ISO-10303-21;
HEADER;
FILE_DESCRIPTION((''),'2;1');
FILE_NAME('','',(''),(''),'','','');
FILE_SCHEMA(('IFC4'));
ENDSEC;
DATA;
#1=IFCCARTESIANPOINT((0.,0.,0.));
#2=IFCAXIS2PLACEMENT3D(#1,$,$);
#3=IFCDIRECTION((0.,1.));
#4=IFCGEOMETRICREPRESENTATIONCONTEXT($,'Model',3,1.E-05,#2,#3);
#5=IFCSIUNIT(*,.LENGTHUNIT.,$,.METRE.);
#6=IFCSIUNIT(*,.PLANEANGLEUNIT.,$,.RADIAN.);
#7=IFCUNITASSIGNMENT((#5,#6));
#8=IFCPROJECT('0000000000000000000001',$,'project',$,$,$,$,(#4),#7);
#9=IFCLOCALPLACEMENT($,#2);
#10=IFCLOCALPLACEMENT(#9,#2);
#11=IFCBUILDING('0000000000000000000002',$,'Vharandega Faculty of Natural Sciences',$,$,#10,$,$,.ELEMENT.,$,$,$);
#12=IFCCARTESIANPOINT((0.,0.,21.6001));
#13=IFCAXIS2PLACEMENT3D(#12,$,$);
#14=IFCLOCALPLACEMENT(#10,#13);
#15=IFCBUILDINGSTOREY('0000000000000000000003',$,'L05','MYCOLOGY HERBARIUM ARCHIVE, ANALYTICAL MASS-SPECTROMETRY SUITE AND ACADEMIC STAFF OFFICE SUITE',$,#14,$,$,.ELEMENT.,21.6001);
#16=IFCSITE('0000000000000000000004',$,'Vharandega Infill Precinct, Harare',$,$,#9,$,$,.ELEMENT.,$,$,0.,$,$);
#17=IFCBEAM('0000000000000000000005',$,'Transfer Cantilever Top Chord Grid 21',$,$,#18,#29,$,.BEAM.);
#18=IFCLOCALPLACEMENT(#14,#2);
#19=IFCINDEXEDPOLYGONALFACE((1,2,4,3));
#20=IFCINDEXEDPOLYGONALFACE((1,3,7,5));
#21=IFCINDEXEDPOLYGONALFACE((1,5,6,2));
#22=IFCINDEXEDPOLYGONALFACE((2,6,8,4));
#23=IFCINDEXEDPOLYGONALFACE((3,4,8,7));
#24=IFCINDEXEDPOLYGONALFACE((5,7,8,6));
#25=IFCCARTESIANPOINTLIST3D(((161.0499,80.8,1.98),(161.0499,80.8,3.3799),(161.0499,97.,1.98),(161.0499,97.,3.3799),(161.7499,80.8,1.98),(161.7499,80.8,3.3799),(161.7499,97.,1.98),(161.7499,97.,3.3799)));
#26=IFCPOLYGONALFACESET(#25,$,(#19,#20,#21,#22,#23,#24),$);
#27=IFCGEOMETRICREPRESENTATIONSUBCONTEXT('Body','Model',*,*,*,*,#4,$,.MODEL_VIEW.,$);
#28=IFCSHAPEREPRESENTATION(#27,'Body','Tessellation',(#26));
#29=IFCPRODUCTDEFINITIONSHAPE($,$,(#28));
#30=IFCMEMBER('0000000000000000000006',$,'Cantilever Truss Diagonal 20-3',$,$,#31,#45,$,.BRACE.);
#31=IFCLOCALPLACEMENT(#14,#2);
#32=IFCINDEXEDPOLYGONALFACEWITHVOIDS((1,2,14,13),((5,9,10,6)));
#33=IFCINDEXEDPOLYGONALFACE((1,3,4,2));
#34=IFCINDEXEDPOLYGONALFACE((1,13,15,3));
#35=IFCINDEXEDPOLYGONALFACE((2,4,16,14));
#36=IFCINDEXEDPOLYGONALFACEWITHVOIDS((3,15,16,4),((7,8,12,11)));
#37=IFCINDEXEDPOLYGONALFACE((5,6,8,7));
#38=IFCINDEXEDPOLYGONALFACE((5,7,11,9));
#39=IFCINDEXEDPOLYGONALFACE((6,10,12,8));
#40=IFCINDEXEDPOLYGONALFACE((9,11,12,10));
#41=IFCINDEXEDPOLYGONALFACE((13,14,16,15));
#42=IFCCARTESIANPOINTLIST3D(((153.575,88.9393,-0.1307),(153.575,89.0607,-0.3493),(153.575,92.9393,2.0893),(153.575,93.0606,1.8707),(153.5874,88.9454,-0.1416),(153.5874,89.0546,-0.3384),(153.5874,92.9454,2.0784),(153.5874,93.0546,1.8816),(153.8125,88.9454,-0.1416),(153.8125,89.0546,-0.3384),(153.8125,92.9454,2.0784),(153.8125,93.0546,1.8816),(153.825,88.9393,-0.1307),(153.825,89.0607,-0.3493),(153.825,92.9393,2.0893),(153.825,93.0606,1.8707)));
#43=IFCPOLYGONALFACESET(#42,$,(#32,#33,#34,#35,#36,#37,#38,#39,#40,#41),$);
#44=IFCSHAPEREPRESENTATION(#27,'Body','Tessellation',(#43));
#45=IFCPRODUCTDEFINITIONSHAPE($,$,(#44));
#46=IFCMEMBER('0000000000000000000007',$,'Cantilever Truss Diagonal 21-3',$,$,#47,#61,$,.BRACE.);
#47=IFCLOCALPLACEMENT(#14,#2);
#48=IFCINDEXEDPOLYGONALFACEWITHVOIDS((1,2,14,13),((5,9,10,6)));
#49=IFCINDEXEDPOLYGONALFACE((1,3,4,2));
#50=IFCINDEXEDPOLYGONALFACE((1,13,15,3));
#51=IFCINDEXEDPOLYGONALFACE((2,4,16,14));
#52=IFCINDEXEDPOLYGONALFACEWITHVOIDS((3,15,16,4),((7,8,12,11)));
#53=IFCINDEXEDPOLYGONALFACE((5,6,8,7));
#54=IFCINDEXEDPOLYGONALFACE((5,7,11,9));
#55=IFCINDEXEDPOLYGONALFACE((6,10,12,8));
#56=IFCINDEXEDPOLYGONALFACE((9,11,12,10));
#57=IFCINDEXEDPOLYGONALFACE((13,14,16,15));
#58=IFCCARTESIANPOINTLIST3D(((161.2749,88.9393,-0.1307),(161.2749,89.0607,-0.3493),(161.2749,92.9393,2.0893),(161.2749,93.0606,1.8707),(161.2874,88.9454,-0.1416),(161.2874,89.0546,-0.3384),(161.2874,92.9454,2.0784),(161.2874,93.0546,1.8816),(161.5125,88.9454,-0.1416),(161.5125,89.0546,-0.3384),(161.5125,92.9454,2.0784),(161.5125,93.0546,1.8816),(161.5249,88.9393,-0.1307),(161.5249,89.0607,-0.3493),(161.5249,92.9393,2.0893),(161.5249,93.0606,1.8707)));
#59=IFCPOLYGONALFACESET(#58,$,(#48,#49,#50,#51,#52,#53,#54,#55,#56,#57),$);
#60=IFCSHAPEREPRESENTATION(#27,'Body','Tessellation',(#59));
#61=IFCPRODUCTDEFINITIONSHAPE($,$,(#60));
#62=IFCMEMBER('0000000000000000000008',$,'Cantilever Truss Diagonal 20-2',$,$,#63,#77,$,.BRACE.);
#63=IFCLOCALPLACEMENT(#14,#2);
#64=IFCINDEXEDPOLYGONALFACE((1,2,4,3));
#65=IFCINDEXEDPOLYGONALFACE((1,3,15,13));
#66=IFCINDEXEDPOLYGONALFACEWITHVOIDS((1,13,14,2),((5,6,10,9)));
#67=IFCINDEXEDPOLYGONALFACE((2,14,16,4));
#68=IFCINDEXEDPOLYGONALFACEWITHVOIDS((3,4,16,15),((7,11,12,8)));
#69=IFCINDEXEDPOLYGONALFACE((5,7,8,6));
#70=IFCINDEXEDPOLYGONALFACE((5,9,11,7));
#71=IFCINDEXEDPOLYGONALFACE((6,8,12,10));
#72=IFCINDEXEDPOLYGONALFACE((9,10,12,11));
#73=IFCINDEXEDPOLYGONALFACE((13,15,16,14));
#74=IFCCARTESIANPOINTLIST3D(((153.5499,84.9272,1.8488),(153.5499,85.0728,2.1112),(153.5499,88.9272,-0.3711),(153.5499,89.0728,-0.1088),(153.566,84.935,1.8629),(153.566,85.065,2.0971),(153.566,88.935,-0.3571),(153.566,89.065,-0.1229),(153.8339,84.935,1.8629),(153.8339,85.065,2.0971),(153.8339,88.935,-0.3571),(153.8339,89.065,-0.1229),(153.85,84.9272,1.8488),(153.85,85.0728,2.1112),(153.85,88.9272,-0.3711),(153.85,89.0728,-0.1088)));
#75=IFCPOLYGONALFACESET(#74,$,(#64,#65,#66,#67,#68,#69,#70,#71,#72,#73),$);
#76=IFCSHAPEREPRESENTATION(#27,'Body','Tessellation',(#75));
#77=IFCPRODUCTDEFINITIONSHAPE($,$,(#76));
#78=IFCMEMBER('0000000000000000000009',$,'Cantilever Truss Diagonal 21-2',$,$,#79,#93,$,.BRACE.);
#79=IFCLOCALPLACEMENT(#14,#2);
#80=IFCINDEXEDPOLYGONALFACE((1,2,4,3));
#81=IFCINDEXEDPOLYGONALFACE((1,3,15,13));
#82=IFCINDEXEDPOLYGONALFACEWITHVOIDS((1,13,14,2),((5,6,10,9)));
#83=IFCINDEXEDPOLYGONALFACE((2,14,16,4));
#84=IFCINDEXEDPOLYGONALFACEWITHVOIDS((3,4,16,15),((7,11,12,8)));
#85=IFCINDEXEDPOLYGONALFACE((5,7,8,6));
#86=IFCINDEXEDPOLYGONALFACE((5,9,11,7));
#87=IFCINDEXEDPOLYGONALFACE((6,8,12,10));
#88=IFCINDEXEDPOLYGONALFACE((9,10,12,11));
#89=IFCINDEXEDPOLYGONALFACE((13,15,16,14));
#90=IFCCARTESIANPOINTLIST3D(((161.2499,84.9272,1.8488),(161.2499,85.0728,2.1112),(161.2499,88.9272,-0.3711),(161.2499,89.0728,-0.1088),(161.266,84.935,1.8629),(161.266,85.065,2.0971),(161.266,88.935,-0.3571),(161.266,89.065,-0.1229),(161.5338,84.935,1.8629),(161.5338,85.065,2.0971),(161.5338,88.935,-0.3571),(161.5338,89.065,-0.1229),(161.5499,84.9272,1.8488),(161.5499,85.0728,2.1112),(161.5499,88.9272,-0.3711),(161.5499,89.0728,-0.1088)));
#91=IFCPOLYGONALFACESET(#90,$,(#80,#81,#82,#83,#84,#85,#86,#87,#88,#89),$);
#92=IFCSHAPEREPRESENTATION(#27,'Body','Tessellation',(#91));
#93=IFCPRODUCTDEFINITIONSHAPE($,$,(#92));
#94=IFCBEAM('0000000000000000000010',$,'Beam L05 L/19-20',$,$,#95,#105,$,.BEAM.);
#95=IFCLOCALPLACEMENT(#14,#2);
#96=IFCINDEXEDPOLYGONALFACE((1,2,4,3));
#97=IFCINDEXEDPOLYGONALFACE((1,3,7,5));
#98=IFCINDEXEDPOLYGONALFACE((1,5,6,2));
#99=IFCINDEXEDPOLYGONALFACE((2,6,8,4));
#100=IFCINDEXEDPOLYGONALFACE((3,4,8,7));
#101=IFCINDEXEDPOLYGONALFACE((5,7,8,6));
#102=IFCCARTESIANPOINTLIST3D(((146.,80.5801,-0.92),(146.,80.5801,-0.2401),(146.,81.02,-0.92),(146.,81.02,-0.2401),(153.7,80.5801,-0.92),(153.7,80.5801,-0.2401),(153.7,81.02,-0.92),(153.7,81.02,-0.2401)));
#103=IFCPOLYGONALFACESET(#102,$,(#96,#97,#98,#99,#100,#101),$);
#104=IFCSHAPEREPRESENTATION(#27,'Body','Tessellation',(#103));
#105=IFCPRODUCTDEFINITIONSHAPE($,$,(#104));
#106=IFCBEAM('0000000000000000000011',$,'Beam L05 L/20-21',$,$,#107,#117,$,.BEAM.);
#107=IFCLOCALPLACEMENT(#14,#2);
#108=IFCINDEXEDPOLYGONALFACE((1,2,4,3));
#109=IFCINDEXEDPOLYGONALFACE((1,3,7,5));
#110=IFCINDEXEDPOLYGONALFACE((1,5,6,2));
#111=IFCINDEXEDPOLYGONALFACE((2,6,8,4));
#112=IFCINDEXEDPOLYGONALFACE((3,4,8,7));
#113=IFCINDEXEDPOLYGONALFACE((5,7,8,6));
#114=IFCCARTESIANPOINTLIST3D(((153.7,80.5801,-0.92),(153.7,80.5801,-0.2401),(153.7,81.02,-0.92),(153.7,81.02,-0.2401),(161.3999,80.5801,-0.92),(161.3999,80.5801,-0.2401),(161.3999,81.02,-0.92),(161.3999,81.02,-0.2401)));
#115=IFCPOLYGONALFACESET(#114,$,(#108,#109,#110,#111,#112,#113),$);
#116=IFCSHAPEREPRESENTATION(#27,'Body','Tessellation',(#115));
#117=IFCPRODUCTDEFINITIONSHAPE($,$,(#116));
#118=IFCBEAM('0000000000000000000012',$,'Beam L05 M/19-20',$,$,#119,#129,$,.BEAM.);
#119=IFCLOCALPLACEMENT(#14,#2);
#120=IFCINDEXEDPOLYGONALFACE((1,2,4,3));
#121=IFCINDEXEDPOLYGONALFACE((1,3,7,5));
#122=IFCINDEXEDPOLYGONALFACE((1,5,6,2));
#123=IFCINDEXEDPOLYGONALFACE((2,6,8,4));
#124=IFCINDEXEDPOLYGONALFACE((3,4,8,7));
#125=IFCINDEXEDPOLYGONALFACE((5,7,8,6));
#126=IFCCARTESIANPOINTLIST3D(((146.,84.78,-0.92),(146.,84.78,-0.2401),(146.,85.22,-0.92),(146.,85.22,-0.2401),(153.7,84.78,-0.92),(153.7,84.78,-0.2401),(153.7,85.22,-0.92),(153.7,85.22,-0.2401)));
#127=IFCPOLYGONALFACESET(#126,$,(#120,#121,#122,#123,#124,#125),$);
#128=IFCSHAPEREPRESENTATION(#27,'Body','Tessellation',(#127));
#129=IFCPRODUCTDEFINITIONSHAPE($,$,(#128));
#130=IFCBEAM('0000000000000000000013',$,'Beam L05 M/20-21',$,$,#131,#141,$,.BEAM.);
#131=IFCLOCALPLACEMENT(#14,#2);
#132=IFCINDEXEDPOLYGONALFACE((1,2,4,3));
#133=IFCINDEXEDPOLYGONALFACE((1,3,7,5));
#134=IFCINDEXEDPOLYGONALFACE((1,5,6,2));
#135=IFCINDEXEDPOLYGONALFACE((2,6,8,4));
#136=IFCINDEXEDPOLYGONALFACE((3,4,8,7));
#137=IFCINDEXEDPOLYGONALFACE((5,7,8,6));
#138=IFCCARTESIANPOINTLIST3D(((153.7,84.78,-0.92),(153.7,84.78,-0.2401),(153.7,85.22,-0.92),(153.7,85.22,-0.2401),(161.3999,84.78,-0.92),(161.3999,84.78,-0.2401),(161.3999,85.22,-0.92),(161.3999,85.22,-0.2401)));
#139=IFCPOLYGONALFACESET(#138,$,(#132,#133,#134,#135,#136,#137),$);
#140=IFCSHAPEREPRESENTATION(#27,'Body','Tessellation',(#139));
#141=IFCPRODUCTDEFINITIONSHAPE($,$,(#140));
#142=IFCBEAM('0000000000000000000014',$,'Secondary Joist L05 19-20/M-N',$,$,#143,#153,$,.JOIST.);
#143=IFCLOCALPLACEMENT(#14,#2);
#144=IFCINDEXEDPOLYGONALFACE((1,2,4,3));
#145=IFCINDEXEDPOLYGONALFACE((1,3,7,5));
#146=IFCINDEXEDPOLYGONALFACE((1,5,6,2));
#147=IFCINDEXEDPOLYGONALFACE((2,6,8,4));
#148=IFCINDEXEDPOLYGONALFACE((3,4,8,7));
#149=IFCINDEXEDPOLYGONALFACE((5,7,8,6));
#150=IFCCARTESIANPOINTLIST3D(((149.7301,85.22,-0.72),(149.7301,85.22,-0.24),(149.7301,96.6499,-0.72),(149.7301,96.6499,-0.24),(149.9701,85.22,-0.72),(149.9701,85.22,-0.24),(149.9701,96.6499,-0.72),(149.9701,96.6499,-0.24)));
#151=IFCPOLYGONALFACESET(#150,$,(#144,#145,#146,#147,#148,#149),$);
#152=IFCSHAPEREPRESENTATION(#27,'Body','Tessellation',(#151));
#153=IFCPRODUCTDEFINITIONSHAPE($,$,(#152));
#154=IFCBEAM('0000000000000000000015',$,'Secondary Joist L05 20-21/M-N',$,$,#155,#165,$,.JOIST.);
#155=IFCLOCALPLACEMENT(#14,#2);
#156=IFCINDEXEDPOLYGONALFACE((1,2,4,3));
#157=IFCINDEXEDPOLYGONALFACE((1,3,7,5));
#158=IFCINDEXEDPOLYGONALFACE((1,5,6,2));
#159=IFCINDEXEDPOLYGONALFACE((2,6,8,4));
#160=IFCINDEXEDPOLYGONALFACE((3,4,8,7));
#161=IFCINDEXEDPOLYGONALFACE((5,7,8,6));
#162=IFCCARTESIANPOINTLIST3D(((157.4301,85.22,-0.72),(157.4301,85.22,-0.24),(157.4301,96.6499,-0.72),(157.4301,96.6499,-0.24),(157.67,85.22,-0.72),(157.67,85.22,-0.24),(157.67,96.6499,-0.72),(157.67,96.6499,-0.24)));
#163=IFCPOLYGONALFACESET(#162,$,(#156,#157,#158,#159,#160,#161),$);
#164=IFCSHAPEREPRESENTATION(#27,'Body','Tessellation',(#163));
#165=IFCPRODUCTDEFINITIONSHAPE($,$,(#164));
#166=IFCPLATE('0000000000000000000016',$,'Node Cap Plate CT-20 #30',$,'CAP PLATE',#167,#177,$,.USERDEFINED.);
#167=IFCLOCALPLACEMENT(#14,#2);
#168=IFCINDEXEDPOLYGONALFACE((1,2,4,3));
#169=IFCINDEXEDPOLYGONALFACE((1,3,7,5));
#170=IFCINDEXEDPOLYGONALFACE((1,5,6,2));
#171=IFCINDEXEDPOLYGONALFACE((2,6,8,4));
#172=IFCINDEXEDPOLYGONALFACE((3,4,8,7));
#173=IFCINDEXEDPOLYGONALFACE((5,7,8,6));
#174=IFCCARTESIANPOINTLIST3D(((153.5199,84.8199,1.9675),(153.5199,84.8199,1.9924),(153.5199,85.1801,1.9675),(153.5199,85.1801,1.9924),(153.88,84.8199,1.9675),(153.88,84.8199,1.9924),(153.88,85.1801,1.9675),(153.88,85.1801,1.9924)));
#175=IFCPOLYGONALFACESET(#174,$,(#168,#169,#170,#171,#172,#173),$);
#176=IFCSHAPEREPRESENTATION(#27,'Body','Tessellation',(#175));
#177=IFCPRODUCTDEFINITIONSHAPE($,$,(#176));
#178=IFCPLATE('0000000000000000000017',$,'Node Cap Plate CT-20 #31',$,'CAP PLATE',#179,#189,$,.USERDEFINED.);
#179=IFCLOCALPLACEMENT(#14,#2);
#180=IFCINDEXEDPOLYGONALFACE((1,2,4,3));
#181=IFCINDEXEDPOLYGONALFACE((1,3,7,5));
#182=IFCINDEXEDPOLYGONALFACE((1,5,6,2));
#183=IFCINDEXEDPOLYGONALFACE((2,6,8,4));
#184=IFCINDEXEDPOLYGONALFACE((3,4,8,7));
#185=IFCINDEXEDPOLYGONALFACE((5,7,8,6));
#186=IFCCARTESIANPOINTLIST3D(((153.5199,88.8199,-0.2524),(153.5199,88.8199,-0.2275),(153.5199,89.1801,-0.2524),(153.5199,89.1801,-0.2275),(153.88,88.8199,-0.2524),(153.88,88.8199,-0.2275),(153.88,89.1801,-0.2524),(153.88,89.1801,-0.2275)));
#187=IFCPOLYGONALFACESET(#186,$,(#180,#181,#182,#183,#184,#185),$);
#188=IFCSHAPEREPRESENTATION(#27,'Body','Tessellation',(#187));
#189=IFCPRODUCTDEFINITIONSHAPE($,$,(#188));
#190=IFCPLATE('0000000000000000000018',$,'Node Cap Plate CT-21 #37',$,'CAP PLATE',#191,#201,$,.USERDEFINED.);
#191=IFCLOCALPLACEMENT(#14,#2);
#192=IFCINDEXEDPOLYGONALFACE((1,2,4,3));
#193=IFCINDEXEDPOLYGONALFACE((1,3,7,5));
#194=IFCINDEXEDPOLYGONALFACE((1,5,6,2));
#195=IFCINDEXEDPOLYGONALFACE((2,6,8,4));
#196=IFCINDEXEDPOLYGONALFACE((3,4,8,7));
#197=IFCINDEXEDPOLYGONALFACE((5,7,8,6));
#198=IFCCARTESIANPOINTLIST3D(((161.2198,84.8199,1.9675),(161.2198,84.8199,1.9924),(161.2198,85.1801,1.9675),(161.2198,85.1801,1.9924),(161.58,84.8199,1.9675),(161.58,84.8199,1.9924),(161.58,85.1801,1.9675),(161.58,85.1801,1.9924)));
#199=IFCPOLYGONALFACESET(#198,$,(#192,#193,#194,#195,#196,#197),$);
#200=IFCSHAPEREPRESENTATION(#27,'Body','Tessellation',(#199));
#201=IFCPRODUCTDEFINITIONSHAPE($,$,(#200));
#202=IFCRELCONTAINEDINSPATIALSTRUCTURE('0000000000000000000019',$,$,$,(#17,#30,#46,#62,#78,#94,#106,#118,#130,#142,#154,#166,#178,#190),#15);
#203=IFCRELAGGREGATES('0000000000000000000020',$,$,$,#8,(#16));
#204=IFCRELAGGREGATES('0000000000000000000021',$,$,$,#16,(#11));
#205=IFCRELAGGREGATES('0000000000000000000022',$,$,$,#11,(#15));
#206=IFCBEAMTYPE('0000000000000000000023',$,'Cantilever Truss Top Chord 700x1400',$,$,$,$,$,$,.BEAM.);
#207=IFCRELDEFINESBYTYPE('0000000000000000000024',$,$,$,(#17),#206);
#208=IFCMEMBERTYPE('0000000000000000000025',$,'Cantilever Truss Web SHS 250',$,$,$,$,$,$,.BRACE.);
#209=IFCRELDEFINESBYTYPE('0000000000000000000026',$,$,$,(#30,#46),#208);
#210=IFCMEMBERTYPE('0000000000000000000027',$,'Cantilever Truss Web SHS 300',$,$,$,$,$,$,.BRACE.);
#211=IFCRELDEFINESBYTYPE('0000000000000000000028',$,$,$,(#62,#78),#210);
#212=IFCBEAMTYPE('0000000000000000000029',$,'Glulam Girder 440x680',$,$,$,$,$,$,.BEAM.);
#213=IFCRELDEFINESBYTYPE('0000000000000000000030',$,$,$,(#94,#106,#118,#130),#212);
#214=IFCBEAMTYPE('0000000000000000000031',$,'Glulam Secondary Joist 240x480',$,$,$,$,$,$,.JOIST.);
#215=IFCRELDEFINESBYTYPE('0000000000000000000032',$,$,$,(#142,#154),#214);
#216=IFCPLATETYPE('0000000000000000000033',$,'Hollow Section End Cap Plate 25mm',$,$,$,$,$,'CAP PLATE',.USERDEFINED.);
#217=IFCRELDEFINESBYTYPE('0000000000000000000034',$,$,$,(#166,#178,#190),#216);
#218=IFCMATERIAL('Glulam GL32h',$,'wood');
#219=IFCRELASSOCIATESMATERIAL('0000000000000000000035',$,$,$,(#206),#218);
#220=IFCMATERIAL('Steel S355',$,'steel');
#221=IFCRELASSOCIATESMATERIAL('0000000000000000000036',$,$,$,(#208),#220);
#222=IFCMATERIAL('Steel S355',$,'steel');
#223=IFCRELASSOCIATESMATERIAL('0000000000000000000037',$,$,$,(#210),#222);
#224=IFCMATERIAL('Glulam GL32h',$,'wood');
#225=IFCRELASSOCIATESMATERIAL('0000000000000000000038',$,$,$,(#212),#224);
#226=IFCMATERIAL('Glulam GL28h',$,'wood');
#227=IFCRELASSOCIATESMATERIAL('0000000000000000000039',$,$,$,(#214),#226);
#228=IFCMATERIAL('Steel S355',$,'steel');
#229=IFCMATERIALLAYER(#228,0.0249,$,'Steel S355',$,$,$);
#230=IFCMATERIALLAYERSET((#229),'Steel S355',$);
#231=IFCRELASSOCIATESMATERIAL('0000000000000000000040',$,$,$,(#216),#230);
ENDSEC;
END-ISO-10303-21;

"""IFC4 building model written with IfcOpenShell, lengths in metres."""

from ifc_helpers import new_model, si_unit, direction, frame, origin, origin_2d, place, context, subcontext, project, spatial, rectangle, hollow_rectangle, extrude, material, layer, layer_set, material_profile, profile_set, type_object, element, save


model = new_model("IFC4")

# Units and contexts
model_context = context("Model", 3, precision=1e-05, world=origin(), true_north=direction((0.0, 1.0)))
body_context = subcontext(model_context, "Body", "Model", "MODEL_VIEW")
ifc_project = project(units=[si_unit("LENGTHUNIT", "METRE"), si_unit("PLANEANGLEUNIT", "RADIAN")], contexts=[model_context])

# Site, building, storey
site_placement = place(None, origin())
site = spatial("IfcSite", under=ifc_project, at=site_placement, Name="Vharandega Infill Precinct, Harare", CompositionType="ELEMENT", RefElevation=0.0)
building_placement = place(site_placement, origin())
building = spatial("IfcBuilding", under=site, at=building_placement, Name="Vharandega Faculty of Natural Sciences", CompositionType="ELEMENT")
storey_placement = place(building_placement, frame((0.0, 0.0, 21.6001)))
storey = spatial("IfcBuildingStorey", under=building, at=storey_placement, Name="L05", Description="MYCOLOGY HERBARIUM ARCHIVE, ANALYTICAL MASS-SPECTROMETRY SUITE AND ACADEMIC STAFF OFFICE SUITE", CompositionType="ELEMENT", Elevation=21.6001)

# Beam
ifc_material_1 = material(Name="Glulam GL32h", Category="wood")
ifc_material_profile_1 = material_profile(ifc_material_1, rectangle(XDim=0.7, YDim=1.3999, at=origin_2d()), Name="GL32h 700x1400")
ifc_profile_set_1 = profile_set([ifc_material_profile_1], Name="Glulam GL32h")
beam_type_1 = type_object("IfcBeamType", Name="Cantilever Truss Top Chord 700x1400", PredefinedType="BEAM", material=ifc_profile_set_1)
for number, where, z_axis, x_axis, name in (
    (1, (161.3999, 80.8, 2.6799), (0.0, 1.0, 0.0), (-1.0, 0.0, 0.0), "Transfer Cantilever Top Chord Grid 21"),
):
    element("IfcBeam", number, at=place(storey_placement, frame(where, z_axis=z_axis, x_axis=x_axis)), inside=storey, type_object=beam_type_1, Name=name, PredefinedType="BEAM", context=body_context, shape_type="SweptSolid", body=[
        extrude(rectangle(XDim=0.7, YDim=1.3999, at=origin_2d()), origin(), (0.0, 0.0, 1.0), 16.2),
    ])

# Members
ifc_material_2 = material(Name="Steel S355", Category="steel")
ifc_material_profile_2 = material_profile(ifc_material_2, hollow_rectangle(XDim=0.25, YDim=0.25, WallThickness=0.0125, at=origin_2d()), Name="SHS 250x250x12.5")
ifc_profile_set_2 = profile_set([ifc_material_profile_2], Name="Steel S355")
member_type_1 = type_object("IfcMemberType", Name="Cantilever Truss Web SHS 250", PredefinedType="BRACE", material=ifc_profile_set_2)
for number, where, z_axis, x_axis, name in (
    (2, (153.7, 89.0, -0.24), (0.0, 0.874366, 0.485267), (-1.0, 0.0, 0.0), "Cantilever Truss Diagonal 20-3"),
    (3, (161.3999, 89.0, -0.24), (0.0, 0.874366, 0.485267), (-1.0, 0.0, 0.0), "Cantilever Truss Diagonal 21-3"),
):
    element("IfcMember", number, at=place(storey_placement, frame(where, z_axis=z_axis, x_axis=x_axis)), inside=storey, type_object=member_type_1, Name=name, PredefinedType="BRACE", context=body_context, shape_type="SweptSolid", body=[
        extrude(hollow_rectangle(XDim=0.25, YDim=0.25, WallThickness=0.0125, at=origin_2d()), origin(), (0.0, 0.0, 1.0), 4.5747),
    ])
ifc_material_3 = material(Name="Steel S355", Category="steel")
ifc_material_profile_3 = material_profile(ifc_material_3, hollow_rectangle(XDim=0.3, YDim=0.3, WallThickness=0.0161, at=origin_2d()), Name="SHS 300x300x16")
ifc_profile_set_3 = profile_set([ifc_material_profile_3], Name="Steel S355")
member_type_2 = type_object("IfcMemberType", Name="Cantilever Truss Web SHS 300", PredefinedType="BRACE", material=ifc_profile_set_3)
for number, where, z_axis, x_axis, name in (
    (4, (153.7, 85.0, 1.98), (0.0, 0.874366, -0.485267), (-1.0, 0.0, 0.0), "Cantilever Truss Diagonal 20-2"),
    (5, (161.3999, 85.0, 1.98), (0.0, 0.874366, -0.485267), (-1.0, 0.0, 0.0), "Cantilever Truss Diagonal 21-2"),
):
    element("IfcMember", number, at=place(storey_placement, frame(where, z_axis=z_axis, x_axis=x_axis)), inside=storey, type_object=member_type_2, Name=name, PredefinedType="BRACE", context=body_context, shape_type="SweptSolid", body=[
        extrude(hollow_rectangle(XDim=0.3, YDim=0.3, WallThickness=0.0161, at=origin_2d()), origin(), (0.0, 0.0, 1.0), 4.5747),
    ])

# Beams
ifc_material_4 = material(Name="Glulam GL32h", Category="wood")
ifc_material_profile_4 = material_profile(ifc_material_4, rectangle(XDim=0.4399, YDim=0.6799, at=origin_2d()), Name="GL32h 440x680")
ifc_profile_set_4 = profile_set([ifc_material_profile_4], Name="Glulam GL32h")
beam_type_2 = type_object("IfcBeamType", Name="Glulam Girder 440x680", PredefinedType="BEAM", material=ifc_profile_set_4)
for number, where, z_axis, x_axis, name in (
    (6, (146.0, 80.8, -0.5801), (1.0, 0.0, 0.0), (0.0, 1.0, 0.0), "Beam L05 L/19-20"),
    (7, (153.7, 80.8, -0.5801), (1.0, 0.0, 0.0), (0.0, 1.0, 0.0), "Beam L05 L/20-21"),
    (8, (146.0, 85.0, -0.5801), (1.0, 0.0, 0.0), (0.0, 1.0, 0.0), "Beam L05 M/19-20"),
    (9, (153.7, 85.0, -0.5801), (1.0, 0.0, 0.0), (0.0, 1.0, 0.0), "Beam L05 M/20-21"),
):
    element("IfcBeam", number, at=place(storey_placement, frame(where, z_axis=z_axis, x_axis=x_axis)), inside=storey, type_object=beam_type_2, Name=name, PredefinedType="BEAM", context=body_context, shape_type="SweptSolid", body=[
        extrude(rectangle(XDim=0.4399, YDim=0.6799, at=origin_2d()), origin(), (0.0, 0.0, 1.0), 7.7),
    ])
ifc_material_5 = material(Name="Glulam GL28h", Category="wood")
ifc_material_profile_5 = material_profile(ifc_material_5, rectangle(XDim=0.24, YDim=0.48, at=origin_2d()), Name="GL28h 240x480")
ifc_profile_set_5 = profile_set([ifc_material_profile_5], Name="Glulam GL28h")
beam_type_3 = type_object("IfcBeamType", Name="Glulam Secondary Joist 240x480", PredefinedType="JOIST", material=ifc_profile_set_5)
for number, where, z_axis, x_axis, name in (
    (10, (149.8501, 85.22, -0.48), (0.0, 1.0, 0.0), (-1.0, 0.0, 0.0), "Secondary Joist L05 19-20/M-N"),
    (11, (157.55, 85.22, -0.48), (0.0, 1.0, 0.0), (-1.0, 0.0, 0.0), "Secondary Joist L05 20-21/M-N"),
):
    element("IfcBeam", number, at=place(storey_placement, frame(where, z_axis=z_axis, x_axis=x_axis)), inside=storey, type_object=beam_type_3, Name=name, PredefinedType="JOIST", context=body_context, shape_type="SweptSolid", body=[
        extrude(rectangle(XDim=0.24, YDim=0.48, at=origin_2d()), origin(), (0.0, 0.0, 1.0), 11.4299),
    ])

# Plates
ifc_material_6 = material(Name="Steel S355", Category="steel")
ifc_layer_1 = layer(ifc_material_6, 0.0249, Name="Steel S355")
ifc_layer_set_1 = layer_set([ifc_layer_1], Name="Steel S355")
plate_type_1 = type_object("IfcPlateType", Name="Hollow Section End Cap Plate 25mm", ElementType="CAP PLATE", PredefinedType="USERDEFINED", material=ifc_layer_set_1)
for number, where, z_axis, x_axis, name in (
    (12, (153.7, 85.0, 1.9675), (0.0, 0.0, 1.0), (1.0, 0.0, 0.0), "Node Cap Plate CT-20 #30"),
    (13, (153.7, 89.0, -0.2524), (0.0, 0.0, 1.0), (1.0, 0.0, 0.0), "Node Cap Plate CT-20 #31"),
    (14, (161.3999, 85.0, 1.9675), (0.0, 0.0, 1.0), (1.0, 0.0, 0.0), "Node Cap Plate CT-21 #37"),
):
    element("IfcPlate", number, at=place(storey_placement, frame(where, z_axis=z_axis, x_axis=x_axis)), inside=storey, type_object=plate_type_1, Name=name, ObjectType="CAP PLATE", PredefinedType="USERDEFINED", context=body_context, shape_type="SweptSolid", body=[
        extrude(rectangle(XDim=0.3601, YDim=0.3601, at=origin_2d()), origin(), (0.0, 0.0, 1.0), 0.0249),
    ])

save(model, "model.ifc")
